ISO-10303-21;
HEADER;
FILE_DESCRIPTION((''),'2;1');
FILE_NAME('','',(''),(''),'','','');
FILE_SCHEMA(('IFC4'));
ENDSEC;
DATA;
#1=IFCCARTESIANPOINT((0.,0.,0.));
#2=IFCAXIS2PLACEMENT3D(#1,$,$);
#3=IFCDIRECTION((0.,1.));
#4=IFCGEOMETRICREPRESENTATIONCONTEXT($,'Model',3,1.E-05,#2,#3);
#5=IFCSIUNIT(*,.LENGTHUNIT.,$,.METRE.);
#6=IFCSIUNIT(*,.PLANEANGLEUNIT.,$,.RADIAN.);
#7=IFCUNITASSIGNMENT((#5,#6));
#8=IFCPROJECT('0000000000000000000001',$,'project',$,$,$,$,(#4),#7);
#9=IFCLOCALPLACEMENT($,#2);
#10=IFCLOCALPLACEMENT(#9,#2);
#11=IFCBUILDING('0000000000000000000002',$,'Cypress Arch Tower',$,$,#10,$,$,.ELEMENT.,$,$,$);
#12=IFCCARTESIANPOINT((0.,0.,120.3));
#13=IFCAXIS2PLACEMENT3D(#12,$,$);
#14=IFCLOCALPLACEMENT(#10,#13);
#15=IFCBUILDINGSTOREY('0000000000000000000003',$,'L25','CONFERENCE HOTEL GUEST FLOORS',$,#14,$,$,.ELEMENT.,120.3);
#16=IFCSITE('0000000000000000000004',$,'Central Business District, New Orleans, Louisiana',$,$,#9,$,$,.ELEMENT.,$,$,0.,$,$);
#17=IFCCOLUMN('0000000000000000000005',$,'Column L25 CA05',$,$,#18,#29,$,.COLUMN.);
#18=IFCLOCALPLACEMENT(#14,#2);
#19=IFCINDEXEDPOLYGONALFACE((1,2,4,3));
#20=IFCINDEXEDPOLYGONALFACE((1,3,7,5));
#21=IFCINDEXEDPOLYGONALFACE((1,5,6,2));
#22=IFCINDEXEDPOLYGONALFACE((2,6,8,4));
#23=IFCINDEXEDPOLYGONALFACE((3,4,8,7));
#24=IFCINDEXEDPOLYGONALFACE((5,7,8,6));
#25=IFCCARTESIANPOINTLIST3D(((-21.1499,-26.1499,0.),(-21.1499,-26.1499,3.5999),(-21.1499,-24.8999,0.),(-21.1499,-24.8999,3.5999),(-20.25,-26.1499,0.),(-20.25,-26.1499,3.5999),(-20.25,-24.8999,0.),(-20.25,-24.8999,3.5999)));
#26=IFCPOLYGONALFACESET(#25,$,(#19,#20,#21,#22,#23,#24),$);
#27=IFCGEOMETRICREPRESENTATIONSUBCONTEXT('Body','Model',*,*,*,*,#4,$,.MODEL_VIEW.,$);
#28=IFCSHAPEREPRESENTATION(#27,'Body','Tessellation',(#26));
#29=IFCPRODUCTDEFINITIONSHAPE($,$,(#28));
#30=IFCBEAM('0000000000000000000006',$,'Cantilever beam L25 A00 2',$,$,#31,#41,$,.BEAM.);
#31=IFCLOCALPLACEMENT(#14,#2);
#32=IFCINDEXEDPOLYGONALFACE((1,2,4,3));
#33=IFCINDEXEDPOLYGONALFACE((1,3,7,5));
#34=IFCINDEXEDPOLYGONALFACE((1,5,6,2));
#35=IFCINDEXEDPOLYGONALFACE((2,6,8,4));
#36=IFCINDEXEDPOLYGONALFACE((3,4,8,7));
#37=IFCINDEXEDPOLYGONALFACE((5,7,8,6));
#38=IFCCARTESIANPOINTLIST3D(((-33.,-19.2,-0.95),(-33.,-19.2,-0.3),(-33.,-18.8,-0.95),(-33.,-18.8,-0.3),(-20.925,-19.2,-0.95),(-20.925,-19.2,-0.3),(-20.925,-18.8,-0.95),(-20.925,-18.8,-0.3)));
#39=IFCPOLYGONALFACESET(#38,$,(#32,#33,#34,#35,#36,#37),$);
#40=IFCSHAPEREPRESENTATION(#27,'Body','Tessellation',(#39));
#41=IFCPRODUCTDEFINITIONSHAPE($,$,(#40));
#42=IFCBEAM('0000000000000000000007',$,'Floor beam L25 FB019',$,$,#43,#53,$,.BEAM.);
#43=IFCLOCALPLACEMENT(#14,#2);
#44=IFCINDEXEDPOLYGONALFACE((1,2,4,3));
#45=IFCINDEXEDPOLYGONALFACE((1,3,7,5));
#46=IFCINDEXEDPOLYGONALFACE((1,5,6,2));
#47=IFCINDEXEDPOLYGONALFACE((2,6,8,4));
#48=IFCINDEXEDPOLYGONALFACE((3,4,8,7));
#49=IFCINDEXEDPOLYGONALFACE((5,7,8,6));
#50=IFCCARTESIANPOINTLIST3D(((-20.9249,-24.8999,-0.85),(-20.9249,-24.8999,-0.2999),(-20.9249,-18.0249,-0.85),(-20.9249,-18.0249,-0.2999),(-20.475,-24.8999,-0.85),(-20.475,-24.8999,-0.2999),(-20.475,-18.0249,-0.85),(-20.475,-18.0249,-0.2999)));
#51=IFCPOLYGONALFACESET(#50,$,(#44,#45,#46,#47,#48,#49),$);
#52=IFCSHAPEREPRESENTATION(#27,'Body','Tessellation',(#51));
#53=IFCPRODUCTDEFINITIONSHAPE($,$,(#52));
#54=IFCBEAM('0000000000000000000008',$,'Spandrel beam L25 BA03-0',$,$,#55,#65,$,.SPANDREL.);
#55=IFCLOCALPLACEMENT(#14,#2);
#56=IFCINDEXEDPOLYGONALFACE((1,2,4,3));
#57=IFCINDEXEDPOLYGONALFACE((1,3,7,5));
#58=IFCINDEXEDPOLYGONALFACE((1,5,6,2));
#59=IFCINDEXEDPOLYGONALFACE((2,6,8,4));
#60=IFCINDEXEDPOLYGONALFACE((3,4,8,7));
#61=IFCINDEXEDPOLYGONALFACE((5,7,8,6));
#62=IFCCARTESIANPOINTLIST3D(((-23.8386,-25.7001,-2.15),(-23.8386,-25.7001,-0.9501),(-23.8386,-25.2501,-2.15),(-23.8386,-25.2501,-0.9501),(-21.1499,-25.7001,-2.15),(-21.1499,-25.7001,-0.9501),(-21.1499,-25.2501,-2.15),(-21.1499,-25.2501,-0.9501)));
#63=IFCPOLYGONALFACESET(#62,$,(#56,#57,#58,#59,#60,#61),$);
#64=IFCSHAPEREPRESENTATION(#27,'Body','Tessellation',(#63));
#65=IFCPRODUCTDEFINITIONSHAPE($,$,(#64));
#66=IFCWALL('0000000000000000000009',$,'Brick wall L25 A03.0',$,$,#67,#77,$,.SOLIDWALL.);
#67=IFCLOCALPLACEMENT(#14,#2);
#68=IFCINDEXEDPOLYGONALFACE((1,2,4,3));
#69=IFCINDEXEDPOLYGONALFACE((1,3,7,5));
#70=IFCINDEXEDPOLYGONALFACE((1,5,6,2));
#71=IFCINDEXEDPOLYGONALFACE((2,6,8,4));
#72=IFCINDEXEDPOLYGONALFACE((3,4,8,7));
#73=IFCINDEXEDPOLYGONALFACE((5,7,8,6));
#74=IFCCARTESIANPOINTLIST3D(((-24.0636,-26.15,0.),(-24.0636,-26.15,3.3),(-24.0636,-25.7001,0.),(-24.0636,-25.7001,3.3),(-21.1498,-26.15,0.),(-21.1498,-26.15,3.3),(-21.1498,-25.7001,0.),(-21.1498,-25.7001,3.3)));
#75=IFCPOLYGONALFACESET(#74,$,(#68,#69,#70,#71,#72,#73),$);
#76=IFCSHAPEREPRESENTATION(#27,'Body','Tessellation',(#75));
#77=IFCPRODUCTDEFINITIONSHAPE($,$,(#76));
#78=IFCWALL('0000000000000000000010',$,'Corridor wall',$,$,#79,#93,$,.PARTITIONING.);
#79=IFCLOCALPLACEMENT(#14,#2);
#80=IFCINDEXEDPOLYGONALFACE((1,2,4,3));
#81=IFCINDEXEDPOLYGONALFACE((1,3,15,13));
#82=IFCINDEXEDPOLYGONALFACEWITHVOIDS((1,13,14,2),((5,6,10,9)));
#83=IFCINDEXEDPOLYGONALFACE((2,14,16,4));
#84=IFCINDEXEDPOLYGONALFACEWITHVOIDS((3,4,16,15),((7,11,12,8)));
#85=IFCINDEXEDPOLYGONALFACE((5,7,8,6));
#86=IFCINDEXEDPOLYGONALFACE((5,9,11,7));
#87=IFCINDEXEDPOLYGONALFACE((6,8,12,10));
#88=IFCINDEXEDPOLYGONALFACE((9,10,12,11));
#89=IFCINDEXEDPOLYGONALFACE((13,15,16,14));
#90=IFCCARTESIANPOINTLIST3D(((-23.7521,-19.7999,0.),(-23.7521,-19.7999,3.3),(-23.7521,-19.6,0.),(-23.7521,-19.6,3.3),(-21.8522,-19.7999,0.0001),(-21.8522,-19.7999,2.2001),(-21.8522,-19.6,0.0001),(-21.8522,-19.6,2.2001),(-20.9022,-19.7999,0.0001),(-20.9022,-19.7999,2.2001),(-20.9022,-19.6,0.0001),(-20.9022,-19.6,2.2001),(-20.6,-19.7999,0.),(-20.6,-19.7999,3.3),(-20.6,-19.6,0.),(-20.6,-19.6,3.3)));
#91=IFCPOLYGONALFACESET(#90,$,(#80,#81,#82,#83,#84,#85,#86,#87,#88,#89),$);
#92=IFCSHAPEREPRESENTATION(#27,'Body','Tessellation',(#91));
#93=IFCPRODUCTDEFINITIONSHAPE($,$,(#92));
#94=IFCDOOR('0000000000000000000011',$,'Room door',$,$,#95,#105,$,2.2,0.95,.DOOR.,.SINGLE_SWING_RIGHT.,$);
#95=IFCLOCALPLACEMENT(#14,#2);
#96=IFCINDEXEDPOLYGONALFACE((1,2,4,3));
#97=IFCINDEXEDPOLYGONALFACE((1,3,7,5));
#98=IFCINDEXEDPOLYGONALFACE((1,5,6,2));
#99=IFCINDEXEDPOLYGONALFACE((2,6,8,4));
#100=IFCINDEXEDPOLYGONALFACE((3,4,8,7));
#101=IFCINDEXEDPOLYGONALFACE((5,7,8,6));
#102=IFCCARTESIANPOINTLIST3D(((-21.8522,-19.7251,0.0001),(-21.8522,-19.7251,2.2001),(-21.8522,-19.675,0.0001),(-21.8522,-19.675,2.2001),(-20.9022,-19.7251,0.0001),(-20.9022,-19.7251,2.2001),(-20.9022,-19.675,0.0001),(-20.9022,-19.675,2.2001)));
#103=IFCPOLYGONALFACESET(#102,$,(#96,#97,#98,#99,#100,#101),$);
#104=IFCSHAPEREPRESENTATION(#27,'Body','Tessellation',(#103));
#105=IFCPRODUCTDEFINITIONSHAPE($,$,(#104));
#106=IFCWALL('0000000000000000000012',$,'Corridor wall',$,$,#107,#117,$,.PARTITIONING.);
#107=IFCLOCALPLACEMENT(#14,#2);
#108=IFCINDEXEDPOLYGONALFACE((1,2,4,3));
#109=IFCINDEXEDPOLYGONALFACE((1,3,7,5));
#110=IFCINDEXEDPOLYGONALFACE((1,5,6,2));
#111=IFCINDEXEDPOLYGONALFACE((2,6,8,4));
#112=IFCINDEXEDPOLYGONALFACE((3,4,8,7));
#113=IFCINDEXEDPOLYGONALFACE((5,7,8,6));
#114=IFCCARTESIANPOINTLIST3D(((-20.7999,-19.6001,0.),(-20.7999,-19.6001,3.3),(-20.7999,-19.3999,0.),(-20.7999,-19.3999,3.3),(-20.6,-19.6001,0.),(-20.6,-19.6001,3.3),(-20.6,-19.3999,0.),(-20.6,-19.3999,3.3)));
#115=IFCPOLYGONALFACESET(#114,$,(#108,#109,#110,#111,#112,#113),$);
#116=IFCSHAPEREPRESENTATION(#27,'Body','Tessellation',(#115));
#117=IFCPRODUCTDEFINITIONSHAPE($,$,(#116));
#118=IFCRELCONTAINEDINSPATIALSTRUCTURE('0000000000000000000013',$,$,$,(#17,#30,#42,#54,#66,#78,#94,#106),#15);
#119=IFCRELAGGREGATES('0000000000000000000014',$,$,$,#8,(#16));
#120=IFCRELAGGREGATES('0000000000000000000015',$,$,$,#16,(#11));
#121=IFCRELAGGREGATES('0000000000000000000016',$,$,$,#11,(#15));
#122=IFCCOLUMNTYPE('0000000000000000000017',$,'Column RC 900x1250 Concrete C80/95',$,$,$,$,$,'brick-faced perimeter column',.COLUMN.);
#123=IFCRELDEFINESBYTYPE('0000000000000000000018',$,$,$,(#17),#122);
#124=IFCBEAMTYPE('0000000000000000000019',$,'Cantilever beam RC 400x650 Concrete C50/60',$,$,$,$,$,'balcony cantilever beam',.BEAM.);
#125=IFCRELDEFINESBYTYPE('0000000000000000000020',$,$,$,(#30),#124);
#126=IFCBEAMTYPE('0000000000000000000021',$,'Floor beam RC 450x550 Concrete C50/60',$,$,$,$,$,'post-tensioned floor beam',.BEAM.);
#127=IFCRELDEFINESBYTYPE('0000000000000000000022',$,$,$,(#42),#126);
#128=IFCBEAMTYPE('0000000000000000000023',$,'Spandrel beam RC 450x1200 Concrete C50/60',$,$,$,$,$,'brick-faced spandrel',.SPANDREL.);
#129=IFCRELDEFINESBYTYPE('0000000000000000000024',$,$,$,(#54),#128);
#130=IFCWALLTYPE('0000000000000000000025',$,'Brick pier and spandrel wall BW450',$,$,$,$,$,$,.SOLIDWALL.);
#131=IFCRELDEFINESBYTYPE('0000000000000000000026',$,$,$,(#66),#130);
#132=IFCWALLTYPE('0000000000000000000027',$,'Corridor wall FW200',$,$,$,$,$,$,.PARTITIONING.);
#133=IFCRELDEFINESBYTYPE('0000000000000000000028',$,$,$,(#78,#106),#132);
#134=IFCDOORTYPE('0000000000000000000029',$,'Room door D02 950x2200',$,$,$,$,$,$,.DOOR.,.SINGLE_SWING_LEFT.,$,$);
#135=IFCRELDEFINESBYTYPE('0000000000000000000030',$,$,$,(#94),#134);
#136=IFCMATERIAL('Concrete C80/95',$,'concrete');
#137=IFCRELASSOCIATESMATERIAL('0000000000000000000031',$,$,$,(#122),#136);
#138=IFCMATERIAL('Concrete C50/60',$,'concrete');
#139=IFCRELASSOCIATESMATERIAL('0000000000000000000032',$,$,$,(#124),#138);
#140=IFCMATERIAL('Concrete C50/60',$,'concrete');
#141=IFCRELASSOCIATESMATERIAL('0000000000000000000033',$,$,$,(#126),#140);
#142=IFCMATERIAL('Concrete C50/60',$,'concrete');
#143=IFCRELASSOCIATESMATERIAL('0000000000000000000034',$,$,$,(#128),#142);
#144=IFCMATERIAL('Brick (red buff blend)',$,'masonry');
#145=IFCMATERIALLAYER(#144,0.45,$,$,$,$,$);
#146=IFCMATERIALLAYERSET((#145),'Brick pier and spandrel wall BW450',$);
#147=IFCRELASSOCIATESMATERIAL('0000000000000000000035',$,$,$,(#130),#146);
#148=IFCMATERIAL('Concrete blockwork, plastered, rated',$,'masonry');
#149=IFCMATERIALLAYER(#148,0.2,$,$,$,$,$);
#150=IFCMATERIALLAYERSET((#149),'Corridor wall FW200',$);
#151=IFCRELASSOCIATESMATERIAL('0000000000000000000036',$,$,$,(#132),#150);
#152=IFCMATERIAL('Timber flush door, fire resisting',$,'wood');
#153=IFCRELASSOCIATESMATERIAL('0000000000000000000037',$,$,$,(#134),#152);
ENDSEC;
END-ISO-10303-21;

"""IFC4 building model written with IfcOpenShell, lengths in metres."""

from ifc_helpers import new_model, si_unit, direction, frame, frame_2d, origin, origin_2d, place, context, subcontext, project, spatial, rectangle, extrude, material, layer, layer_set, material_profile, profile_set, type_object, element, fill, save


model = new_model("IFC4")

# Units and contexts
model_context = context("Model", 3, precision=1e-05, world=origin(), true_north=direction((0.0, 1.0)))
body_context = subcontext(model_context, "Body", "Model", "MODEL_VIEW")
ifc_project = project(units=[si_unit("LENGTHUNIT", "METRE"), si_unit("PLANEANGLEUNIT", "RADIAN")], contexts=[model_context])

# Site, building, storey
site_placement = place(None, origin())
site = spatial("IfcSite", under=ifc_project, at=site_placement, Name="Central Business District, New Orleans, Louisiana", CompositionType="ELEMENT", RefElevation=0.0)
building_placement = place(site_placement, origin())
building = spatial("IfcBuilding", under=site, at=building_placement, Name="Cypress Arch Tower", CompositionType="ELEMENT")
storey_placement = place(building_placement, frame((0.0, 0.0, 120.3)))
storey = spatial("IfcBuildingStorey", under=building, at=storey_placement, Name="L25", Description="CONFERENCE HOTEL GUEST FLOORS", CompositionType="ELEMENT", Elevation=120.3)

# Column
ifc_material_1 = material(Name="Concrete C80/95", Category="concrete")
ifc_material_profile_1 = material_profile(ifc_material_1, rectangle(XDim=0.8999, YDim=1.25, at=origin_2d()), Name="RC 900x1250")
ifc_profile_set_1 = profile_set([ifc_material_profile_1], Name="Concrete C80/95")
column_type = type_object("IfcColumnType", Name="Column RC 900x1250 Concrete C80/95", ElementType="brick-faced perimeter column", PredefinedType="COLUMN", material=ifc_profile_set_1)
column_placement = place(storey_placement, frame((-20.7, -25.5249, 0.0), z_axis=(0.0, 0.0, 1.0), x_axis=(1.0, 0.0, 0.0)))
element("IfcColumn", 1, at=column_placement, inside=storey, type_object=column_type, Name="Column L25 CA05", PredefinedType="COLUMN", context=body_context, shape_type="SweptSolid", body=[
    extrude(rectangle(XDim=0.8999, YDim=1.25, at=origin_2d()), origin(), (0.0, 0.0, 1.0), 3.5999),
])

# Beams
ifc_material_2 = material(Name="Concrete C50/60", Category="concrete")
ifc_material_profile_2 = material_profile(ifc_material_2, rectangle(XDim=0.3999, YDim=0.6499, at=origin_2d()), Name="RC 400x650")
ifc_profile_set_2 = profile_set([ifc_material_profile_2], Name="Concrete C50/60")
beam_type_1 = type_object("IfcBeamType", Name="Cantilever beam RC 400x650 Concrete C50/60", ElementType="balcony cantilever beam", PredefinedType="BEAM", material=ifc_profile_set_2)
beam_1_placement = place(storey_placement, frame((-20.925, -19.0, -0.625), z_axis=(-1.0, 0.0, 0.0), x_axis=(0.0, -1.0, 0.0)))
element("IfcBeam", 2, at=beam_1_placement, inside=storey, type_object=beam_type_1, Name="Cantilever beam L25 A00 2", PredefinedType="BEAM", context=body_context, shape_type="SweptSolid", body=[
    extrude(rectangle(XDim=0.3999, YDim=0.6499, at=origin_2d()), origin(), (0.0, 0.0, 1.0), 12.075),
])
ifc_material_3 = material(Name="Concrete C50/60", Category="concrete")
ifc_material_profile_3 = material_profile(ifc_material_3, rectangle(XDim=0.45, YDim=0.55, at=origin_2d()), Name="RC 450x550")
ifc_profile_set_3 = profile_set([ifc_material_profile_3], Name="Concrete C50/60")
beam_type_2 = type_object("IfcBeamType", Name="Floor beam RC 450x550 Concrete C50/60", ElementType="post-tensioned floor beam", PredefinedType="BEAM", material=ifc_profile_set_3)
beam_2_placement = place(storey_placement, frame((-20.7, -24.8999, -0.575), z_axis=(0.0, 1.0, 0.0), x_axis=(-1.0, 0.0, 0.0)))
element("IfcBeam", 3, at=beam_2_placement, inside=storey, type_object=beam_type_2, Name="Floor beam L25 FB019", PredefinedType="BEAM", context=body_context, shape_type="SweptSolid", body=[
    extrude(rectangle(XDim=0.45, YDim=0.55, at=origin_2d()), origin(), (0.0, 0.0, 1.0), 6.875),
])
ifc_material_4 = material(Name="Concrete C50/60", Category="concrete")
ifc_material_profile_4 = material_profile(ifc_material_4, rectangle(XDim=0.45, YDim=1.2, at=origin_2d()), Name="RC 450x1200")
ifc_profile_set_4 = profile_set([ifc_material_profile_4], Name="Concrete C50/60")
beam_type_3 = type_object("IfcBeamType", Name="Spandrel beam RC 450x1200 Concrete C50/60", ElementType="brick-faced spandrel", PredefinedType="SPANDREL", material=ifc_profile_set_4)
beam_3_placement = place(storey_placement, frame((-23.8386, -25.4751, -1.55), z_axis=(1.0, 0.0, 0.0), x_axis=(0.0, 1.0, 0.0)))
element("IfcBeam", 4, at=beam_3_placement, inside=storey, type_object=beam_type_3, Name="Spandrel beam L25 BA03-0", PredefinedType="SPANDREL", context=body_context, shape_type="SweptSolid", body=[
    extrude(rectangle(XDim=0.45, YDim=1.2, at=origin_2d()), origin(), (0.0, 0.0, 1.0), 2.6887),
])

# Wall
ifc_material_5 = material(Name="Brick (red buff blend)", Category="masonry")
ifc_layer_1 = layer(ifc_material_5, 0.45)
ifc_layer_set_1 = layer_set([ifc_layer_1], Name="Brick pier and spandrel wall BW450")
wall_type_1 = type_object("IfcWallType", Name="Brick pier and spandrel wall BW450", PredefinedType="SOLIDWALL", material=ifc_layer_set_1)
wall_1_placement = place(storey_placement, frame((-24.0637, -25.925, 0.0), z_axis=(0.0, 0.0, 1.0), x_axis=(1.0, 0.0, 0.0)))
element("IfcWall", 5, at=wall_1_placement, inside=storey, type_object=wall_type_1, Name="Brick wall L25 A03.0", PredefinedType="SOLIDWALL", context=body_context, shape_type="SweptSolid", body=[
    extrude(rectangle(XDim=2.9138, YDim=0.45, at=frame_2d((1.457, 0.0))), origin(), (0.0, 0.0, 1.0), 3.3),
])

# Wall, opening, door
ifc_material_6 = material(Name="Concrete blockwork, plastered, rated", Category="masonry")
ifc_layer_2 = layer(ifc_material_6, 0.2)
ifc_layer_set_2 = layer_set([ifc_layer_2], Name="Corridor wall FW200")
wall_type_2 = type_object("IfcWallType", Name="Corridor wall FW200", PredefinedType="PARTITIONING", material=ifc_layer_set_2)
wall_2_placement = place(storey_placement, frame((-23.7522, -19.7, 0.0), z_axis=(0.0, 0.0, 1.0), x_axis=(1.0, 0.0, 0.0)))
wall_2 = element("IfcWall", 6, at=wall_2_placement, inside=storey, type_object=wall_type_2, Name="Corridor wall", PredefinedType="PARTITIONING", context=body_context, shape_type="SweptSolid", body=[
    extrude(rectangle(XDim=3.1521, YDim=0.2, at=frame_2d((1.5762, 0.0))), origin(), (0.0, 0.0, 1.0), 3.3),
])
opening_1_placement = place(wall_2_placement, frame((1.8999, 0.0, 0.0)))
opening_1 = element("IfcOpeningElement", 7, at=opening_1_placement, cuts=wall_2, PredefinedType="OPENING", context=body_context, shape_type="SweptSolid", body=[
    extrude(rectangle(XDim=0.95, YDim=2.2, at=frame_2d((0.4751, 1.1001))), frame((0.0, 0.1099, 0.0), z_axis=(0.0, -1.0, 0.0), x_axis=(1.0, 0.0, 0.0)), (0.0, 0.0, 1.0), 0.22),
])
ifc_material_7 = material(Name="Timber flush door, fire resisting", Category="wood")
door_type_1 = type_object("IfcDoorType", Name="Room door D02 950x2200", OperationType="SINGLE_SWING_LEFT", PredefinedType="DOOR", material=ifc_material_7)
door_1_placement = place(opening_1_placement, origin())
door_1 = element("IfcDoor", 8, at=door_1_placement, inside=storey, type_object=door_type_1, Name="Room door", OperationType="SINGLE_SWING_RIGHT", OverallHeight=2.2, OverallWidth=0.95, PredefinedType="DOOR", context=body_context, shape_type="SweptSolid", body=[
    extrude(rectangle(XDim=0.95, YDim=2.2, at=frame_2d((0.4751, 1.1001))), frame((0.0, 0.0249, 0.0), z_axis=(0.0, -1.0, 0.0), x_axis=(1.0, 0.0, 0.0)), (0.0, 0.0, 1.0), 0.05),
])
fill(opening_1, door_1)

# Wall
wall_3_placement = place(storey_placement, frame((-20.7, -19.6001, 0.0), z_axis=(0.0, 0.0, 1.0), x_axis=(0.0, 1.0, 0.0)))
element("IfcWall", 9, at=wall_3_placement, inside=storey, type_object=wall_type_2, Name="Corridor wall", PredefinedType="PARTITIONING", context=body_context, shape_type="SweptSolid", body=[
    extrude(rectangle(XDim=0.2002, YDim=0.2, at=frame_2d((0.1001, 0.0))), origin(), (0.0, 0.0, 1.0), 3.3),
])

save(model, "model.ifc")
